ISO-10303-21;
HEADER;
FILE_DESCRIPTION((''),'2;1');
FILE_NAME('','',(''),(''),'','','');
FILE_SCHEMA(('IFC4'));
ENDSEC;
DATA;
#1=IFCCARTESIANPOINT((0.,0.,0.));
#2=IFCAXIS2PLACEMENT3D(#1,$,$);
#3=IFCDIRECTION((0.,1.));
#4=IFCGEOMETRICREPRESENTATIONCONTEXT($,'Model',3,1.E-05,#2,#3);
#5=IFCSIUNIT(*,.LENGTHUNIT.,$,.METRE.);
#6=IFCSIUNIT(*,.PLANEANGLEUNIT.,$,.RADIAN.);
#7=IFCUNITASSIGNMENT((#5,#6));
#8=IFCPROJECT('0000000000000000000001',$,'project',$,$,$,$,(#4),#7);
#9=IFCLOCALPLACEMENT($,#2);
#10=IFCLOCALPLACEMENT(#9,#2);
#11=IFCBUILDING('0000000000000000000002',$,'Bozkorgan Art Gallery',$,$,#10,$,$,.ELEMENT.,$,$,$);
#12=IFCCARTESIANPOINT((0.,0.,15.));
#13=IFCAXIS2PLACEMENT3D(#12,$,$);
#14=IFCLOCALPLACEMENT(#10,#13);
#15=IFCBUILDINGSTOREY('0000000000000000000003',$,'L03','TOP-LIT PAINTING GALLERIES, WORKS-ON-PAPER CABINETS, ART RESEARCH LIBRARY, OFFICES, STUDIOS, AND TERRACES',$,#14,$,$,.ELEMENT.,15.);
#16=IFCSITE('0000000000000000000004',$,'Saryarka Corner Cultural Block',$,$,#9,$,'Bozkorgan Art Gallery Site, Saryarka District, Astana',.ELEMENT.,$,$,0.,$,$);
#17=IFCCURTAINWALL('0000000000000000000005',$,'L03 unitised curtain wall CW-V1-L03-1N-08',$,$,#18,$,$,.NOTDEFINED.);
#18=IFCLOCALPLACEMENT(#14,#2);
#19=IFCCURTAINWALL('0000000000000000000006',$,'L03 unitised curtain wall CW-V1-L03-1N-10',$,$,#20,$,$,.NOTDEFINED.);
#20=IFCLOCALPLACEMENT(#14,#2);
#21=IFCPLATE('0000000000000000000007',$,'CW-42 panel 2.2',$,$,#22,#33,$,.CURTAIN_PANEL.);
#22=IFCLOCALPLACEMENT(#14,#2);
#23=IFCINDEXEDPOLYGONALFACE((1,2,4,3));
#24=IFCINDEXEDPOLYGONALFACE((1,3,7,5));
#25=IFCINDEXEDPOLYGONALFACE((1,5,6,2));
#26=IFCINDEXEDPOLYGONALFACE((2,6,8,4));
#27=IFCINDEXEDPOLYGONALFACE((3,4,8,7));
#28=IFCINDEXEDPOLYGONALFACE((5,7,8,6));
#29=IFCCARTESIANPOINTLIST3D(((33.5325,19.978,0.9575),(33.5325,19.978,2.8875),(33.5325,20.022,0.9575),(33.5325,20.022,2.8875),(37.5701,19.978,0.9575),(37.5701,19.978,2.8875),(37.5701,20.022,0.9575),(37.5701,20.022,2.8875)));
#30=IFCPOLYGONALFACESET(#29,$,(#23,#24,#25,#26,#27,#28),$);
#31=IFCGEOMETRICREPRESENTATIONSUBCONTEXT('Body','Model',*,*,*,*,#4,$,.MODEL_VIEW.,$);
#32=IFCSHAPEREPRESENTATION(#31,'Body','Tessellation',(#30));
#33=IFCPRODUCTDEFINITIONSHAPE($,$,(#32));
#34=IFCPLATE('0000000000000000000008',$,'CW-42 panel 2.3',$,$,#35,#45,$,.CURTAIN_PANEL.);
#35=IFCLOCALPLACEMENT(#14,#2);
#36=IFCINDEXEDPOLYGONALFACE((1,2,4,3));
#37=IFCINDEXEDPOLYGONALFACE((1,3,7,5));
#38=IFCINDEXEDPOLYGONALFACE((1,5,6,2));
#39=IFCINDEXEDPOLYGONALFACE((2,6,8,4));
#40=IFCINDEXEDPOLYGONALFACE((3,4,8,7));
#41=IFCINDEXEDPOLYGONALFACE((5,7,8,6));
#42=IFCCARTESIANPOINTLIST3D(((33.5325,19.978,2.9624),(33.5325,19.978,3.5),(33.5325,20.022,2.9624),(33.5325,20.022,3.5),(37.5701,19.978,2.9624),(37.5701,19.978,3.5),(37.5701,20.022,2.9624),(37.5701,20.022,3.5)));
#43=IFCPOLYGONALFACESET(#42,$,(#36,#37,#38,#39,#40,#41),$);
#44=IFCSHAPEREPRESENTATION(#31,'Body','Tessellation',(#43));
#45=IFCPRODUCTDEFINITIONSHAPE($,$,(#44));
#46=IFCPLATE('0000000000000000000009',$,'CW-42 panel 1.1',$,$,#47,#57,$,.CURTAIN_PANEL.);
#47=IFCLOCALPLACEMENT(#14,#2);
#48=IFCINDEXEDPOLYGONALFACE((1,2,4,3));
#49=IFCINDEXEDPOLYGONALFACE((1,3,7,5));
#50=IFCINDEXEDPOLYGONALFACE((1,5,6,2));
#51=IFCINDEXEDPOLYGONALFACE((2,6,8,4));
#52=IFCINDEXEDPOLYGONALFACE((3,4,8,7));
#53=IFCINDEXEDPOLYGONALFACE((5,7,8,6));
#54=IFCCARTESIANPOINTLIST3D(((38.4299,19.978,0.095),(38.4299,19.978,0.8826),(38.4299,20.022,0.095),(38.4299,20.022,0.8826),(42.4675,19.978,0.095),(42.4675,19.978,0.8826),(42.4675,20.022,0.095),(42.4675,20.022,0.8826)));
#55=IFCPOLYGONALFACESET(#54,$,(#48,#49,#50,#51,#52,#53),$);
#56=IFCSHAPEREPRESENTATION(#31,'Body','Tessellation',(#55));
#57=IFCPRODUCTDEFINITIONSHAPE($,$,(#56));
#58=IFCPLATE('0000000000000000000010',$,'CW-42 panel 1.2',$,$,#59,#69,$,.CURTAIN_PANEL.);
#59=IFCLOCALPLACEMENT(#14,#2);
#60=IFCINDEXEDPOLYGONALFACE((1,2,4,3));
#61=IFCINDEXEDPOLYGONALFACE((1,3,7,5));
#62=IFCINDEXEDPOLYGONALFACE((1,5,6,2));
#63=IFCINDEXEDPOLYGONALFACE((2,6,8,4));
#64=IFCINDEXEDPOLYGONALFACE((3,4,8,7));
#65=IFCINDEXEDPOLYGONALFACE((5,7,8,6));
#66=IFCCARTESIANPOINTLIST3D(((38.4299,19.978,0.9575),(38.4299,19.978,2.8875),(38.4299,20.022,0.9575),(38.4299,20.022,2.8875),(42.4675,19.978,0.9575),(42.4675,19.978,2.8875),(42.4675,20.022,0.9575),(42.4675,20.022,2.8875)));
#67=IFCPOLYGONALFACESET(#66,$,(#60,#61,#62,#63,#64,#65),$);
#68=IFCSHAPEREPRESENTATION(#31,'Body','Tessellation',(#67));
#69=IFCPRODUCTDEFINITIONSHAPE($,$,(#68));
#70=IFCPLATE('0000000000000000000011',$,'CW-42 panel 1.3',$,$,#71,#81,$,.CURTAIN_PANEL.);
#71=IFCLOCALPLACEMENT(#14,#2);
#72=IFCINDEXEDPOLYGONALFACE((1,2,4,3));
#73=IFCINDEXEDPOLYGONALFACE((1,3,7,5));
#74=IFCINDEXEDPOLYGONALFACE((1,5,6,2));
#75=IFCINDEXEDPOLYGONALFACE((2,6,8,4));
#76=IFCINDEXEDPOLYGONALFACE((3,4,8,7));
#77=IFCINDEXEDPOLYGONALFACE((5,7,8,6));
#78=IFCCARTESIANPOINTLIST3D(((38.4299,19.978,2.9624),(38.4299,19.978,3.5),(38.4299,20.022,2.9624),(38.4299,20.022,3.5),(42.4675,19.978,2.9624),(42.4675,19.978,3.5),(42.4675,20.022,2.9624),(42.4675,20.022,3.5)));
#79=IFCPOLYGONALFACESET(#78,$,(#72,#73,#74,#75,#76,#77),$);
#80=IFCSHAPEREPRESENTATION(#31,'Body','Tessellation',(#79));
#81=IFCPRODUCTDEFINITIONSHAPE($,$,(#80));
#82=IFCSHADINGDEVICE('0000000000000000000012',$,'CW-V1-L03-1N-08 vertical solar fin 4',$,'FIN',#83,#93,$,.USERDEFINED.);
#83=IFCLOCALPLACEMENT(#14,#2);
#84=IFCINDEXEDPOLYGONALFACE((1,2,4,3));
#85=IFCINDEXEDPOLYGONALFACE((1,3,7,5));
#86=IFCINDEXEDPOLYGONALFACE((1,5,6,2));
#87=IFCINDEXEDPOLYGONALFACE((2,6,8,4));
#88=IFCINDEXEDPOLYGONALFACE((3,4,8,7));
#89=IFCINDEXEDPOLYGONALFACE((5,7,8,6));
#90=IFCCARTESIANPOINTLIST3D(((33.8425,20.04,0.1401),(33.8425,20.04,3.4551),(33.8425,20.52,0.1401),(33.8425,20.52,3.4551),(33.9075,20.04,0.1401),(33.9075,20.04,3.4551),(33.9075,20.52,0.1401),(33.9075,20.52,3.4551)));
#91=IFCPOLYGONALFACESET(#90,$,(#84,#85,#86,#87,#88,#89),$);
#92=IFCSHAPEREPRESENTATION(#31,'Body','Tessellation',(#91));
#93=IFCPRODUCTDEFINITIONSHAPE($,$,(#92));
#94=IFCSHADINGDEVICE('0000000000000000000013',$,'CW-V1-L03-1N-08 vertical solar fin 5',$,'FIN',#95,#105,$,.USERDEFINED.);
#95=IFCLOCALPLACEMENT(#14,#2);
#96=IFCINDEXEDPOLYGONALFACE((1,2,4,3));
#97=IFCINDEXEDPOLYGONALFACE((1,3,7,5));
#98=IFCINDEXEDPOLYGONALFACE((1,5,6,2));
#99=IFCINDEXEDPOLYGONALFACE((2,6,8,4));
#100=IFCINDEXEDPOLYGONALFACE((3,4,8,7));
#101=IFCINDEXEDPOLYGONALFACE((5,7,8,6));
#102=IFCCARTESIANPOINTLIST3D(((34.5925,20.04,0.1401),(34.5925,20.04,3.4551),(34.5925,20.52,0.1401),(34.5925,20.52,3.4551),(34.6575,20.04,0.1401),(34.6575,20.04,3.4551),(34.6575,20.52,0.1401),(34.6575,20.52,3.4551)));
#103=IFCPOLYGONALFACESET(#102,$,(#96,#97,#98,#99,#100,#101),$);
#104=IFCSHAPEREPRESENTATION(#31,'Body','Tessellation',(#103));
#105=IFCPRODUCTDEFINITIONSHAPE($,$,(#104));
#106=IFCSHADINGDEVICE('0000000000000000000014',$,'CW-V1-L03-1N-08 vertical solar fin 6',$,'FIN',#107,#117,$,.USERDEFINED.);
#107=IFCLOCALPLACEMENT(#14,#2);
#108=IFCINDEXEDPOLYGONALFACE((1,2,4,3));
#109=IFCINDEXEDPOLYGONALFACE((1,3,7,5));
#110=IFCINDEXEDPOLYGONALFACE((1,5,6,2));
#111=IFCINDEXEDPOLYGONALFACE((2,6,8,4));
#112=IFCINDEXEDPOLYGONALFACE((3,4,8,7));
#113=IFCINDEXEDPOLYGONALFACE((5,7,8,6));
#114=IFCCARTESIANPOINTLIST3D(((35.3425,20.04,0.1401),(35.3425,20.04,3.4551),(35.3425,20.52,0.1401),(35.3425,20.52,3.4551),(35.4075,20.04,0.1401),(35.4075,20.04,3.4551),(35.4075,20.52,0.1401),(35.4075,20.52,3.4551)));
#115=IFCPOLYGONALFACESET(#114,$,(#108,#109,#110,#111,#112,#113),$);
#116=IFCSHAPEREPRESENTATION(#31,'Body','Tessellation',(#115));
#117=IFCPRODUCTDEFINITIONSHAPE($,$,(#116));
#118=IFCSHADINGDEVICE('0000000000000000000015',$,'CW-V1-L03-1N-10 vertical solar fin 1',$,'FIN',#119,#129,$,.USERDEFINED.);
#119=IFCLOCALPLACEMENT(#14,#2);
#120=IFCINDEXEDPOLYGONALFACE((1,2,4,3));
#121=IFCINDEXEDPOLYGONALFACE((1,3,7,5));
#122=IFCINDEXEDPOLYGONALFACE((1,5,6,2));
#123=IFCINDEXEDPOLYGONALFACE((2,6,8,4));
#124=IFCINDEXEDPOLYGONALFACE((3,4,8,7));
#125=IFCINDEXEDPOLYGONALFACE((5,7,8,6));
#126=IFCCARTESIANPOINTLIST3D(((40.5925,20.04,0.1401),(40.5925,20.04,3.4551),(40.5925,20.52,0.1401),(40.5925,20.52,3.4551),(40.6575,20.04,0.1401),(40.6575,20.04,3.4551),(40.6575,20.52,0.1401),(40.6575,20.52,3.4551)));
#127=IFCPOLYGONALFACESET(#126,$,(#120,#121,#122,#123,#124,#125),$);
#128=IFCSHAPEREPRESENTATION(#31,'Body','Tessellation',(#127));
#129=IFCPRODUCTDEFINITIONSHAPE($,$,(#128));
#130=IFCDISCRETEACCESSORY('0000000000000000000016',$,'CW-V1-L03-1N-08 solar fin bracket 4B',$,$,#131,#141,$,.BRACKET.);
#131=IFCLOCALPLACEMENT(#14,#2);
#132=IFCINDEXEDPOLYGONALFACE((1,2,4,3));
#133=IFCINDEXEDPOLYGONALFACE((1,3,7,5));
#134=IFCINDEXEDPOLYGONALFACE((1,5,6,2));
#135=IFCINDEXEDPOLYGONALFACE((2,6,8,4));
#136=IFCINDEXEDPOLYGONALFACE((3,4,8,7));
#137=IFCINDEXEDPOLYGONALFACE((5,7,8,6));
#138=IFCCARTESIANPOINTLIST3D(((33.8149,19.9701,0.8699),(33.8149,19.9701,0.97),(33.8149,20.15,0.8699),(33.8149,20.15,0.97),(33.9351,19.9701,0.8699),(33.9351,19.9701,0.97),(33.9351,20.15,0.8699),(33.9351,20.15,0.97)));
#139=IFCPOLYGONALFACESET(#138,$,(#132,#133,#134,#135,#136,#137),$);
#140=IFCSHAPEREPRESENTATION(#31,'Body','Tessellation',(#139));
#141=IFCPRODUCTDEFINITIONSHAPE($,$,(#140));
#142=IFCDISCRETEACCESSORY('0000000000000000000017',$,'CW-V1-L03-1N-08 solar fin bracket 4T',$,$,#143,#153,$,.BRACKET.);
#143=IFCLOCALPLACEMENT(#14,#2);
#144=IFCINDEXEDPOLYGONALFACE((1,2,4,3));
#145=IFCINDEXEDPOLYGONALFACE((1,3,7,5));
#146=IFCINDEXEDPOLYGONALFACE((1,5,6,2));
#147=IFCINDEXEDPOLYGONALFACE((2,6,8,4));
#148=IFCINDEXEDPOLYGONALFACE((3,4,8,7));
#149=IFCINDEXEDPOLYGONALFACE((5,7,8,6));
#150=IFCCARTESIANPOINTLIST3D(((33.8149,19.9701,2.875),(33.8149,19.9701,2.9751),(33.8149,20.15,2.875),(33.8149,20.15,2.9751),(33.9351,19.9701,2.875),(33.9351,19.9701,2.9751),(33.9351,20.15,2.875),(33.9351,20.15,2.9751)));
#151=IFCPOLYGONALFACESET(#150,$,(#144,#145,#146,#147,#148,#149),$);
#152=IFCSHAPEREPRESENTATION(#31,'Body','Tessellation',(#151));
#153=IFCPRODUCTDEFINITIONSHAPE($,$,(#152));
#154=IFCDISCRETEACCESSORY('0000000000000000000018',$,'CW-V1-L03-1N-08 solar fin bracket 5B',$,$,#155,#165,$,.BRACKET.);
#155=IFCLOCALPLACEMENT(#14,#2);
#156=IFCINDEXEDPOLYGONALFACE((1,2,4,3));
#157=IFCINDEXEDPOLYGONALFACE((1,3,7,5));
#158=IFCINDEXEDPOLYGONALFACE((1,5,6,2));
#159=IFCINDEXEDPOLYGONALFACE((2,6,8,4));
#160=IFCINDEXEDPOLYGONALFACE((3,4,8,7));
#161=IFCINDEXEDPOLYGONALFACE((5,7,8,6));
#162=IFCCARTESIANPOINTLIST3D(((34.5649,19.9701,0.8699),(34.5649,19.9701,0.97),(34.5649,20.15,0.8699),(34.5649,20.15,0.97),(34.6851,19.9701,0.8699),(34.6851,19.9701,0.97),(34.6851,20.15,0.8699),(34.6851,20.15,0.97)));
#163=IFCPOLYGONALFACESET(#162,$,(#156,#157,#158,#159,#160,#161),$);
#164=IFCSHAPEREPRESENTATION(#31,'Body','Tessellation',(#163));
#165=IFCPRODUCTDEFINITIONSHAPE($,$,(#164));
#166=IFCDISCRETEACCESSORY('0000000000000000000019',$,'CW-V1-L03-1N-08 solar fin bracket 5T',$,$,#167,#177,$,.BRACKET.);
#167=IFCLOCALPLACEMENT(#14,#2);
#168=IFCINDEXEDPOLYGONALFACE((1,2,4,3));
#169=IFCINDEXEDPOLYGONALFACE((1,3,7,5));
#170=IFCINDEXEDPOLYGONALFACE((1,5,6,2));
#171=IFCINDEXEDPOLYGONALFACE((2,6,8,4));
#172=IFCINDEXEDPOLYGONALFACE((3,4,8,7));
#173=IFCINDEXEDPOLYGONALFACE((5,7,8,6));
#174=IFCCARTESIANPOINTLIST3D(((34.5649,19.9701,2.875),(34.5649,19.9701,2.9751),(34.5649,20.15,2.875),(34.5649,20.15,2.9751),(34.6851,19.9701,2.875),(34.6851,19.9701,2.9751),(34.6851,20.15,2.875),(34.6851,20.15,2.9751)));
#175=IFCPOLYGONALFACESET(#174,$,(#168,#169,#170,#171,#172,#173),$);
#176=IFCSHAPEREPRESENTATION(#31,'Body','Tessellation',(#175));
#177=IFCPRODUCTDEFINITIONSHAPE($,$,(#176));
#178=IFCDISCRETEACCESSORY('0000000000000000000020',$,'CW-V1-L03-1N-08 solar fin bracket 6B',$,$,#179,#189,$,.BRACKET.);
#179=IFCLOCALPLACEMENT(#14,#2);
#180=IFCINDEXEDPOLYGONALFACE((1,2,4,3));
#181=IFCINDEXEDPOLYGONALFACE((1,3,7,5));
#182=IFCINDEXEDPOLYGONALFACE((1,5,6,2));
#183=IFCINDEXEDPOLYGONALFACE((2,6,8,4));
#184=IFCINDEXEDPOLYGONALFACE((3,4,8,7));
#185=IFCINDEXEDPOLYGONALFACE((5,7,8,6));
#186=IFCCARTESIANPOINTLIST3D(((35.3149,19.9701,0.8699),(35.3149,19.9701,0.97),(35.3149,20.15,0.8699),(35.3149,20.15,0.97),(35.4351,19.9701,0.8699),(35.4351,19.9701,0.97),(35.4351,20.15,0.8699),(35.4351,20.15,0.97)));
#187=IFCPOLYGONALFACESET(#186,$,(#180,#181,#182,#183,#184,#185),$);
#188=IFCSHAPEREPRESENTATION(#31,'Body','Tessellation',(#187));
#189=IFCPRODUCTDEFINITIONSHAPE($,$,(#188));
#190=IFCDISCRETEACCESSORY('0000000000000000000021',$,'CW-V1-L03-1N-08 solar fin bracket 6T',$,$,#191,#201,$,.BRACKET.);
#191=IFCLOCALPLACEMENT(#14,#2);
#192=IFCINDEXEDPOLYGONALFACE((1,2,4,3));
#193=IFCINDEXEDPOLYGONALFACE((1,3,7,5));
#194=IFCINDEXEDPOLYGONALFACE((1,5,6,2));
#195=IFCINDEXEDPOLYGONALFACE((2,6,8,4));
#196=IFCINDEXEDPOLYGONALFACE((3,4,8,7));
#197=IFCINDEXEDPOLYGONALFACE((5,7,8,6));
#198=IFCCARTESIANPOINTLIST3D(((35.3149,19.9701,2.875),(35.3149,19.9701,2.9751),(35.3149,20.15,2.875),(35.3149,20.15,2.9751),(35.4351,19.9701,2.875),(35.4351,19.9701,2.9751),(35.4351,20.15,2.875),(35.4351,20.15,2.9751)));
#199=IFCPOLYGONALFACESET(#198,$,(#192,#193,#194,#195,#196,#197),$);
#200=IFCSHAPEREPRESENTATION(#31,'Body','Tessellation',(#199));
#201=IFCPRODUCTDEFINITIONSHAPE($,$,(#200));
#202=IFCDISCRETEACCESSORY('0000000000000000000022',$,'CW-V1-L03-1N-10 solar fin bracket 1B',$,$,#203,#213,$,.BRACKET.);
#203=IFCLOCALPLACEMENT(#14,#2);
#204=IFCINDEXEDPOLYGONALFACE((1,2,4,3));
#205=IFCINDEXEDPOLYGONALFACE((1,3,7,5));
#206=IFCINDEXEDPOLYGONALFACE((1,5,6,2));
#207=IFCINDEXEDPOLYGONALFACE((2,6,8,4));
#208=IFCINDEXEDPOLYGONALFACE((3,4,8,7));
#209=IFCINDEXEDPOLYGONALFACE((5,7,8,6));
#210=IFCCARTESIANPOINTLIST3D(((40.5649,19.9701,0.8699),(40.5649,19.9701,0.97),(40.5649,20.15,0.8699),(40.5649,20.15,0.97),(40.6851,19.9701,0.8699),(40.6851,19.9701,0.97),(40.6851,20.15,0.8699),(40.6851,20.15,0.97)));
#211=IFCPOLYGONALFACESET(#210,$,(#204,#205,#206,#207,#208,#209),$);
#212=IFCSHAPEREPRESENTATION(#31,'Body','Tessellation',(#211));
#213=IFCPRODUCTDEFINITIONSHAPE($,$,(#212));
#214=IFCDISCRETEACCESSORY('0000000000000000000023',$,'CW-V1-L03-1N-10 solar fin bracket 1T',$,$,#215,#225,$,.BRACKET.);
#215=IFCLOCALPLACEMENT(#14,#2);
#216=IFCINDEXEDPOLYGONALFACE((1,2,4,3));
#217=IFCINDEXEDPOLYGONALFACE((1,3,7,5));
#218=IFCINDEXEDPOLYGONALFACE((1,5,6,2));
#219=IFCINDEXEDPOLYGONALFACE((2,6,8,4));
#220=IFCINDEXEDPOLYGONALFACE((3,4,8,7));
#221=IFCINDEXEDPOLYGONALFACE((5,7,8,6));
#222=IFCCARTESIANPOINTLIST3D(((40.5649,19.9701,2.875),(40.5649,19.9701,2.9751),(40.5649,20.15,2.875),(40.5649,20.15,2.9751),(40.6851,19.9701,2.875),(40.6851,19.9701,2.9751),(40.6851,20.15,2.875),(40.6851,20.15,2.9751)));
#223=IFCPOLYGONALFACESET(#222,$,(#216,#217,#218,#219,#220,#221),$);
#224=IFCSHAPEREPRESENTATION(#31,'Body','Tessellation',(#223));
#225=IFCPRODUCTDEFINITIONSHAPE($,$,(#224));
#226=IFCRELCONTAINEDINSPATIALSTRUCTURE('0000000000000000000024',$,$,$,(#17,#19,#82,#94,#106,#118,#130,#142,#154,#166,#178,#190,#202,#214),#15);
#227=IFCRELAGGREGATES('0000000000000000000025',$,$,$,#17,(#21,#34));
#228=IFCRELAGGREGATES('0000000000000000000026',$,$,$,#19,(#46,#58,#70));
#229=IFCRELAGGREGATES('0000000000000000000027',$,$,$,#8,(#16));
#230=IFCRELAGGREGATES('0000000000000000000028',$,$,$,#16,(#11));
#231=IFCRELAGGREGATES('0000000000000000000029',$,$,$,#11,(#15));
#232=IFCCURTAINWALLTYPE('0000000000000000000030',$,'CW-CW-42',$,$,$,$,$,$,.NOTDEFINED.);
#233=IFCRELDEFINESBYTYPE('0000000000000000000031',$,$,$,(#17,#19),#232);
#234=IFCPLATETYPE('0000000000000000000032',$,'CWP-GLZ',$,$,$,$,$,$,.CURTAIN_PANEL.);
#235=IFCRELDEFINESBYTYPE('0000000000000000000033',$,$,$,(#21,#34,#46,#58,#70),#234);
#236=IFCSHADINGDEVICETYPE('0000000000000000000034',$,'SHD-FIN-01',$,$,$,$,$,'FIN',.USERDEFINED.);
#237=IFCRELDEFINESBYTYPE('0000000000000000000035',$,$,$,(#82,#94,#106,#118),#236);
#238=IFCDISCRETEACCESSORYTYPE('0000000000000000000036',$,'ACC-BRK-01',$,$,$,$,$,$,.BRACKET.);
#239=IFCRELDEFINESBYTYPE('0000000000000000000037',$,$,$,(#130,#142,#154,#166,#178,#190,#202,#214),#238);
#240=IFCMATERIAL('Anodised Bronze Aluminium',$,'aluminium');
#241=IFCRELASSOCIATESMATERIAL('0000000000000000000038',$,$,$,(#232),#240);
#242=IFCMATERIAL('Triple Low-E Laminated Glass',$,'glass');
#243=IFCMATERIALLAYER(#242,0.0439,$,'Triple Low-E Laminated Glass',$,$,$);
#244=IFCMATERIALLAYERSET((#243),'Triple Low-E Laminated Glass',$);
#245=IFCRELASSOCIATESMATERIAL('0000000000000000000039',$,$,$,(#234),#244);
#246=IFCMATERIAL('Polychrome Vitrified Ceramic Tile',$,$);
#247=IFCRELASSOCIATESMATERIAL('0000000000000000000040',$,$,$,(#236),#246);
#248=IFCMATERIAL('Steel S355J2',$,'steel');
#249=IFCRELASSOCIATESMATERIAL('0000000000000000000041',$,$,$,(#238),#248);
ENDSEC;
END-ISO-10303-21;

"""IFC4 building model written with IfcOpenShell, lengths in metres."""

from ifc_helpers import new_model, si_unit, direction, frame, origin, origin_2d, place, context, subcontext, project, spatial, rectangle, extrude, material, layer, layer_set, type_object, element, aggregate, save


model = new_model("IFC4")

# Units and contexts
model_context = context("Model", 3, precision=1e-05, world=origin(), true_north=direction((0.0, 1.0)))
body_context = subcontext(model_context, "Body", "Model", "MODEL_VIEW")
ifc_project = project(units=[si_unit("LENGTHUNIT", "METRE"), si_unit("PLANEANGLEUNIT", "RADIAN")], contexts=[model_context])

# Site, building, storey
site_placement = place(None, origin())
site = spatial("IfcSite", under=ifc_project, at=site_placement, Name="Saryarka Corner Cultural Block", LongName="Bozkorgan Art Gallery Site, Saryarka District, Astana", CompositionType="ELEMENT", RefElevation=0.0)
building_placement = place(site_placement, origin())
building = spatial("IfcBuilding", under=site, at=building_placement, Name="Bozkorgan Art Gallery", CompositionType="ELEMENT")
storey_placement = place(building_placement, frame((0.0, 0.0, 15.0)))
storey = spatial("IfcBuildingStorey", under=building, at=storey_placement, Name="L03", Description="TOP-LIT PAINTING GALLERIES, WORKS-ON-PAPER CABINETS, ART RESEARCH LIBRARY, OFFICES, STUDIOS, AND TERRACES", CompositionType="ELEMENT", Elevation=15.0)

# Shared definitions
ifc_material_1 = material(Name="Steel S355J2", Category="steel")

# Curtain walls
ifc_material_2 = material(Name="Anodised Bronze Aluminium", Category="aluminium")
curtain_wall_type = type_object("IfcCurtainWallType", Name="CW-CW-42", PredefinedType="NOTDEFINED", material=ifc_material_2)
curtain_wall_1_placement = place(storey_placement, origin())
curtain_wall_1 = element("IfcCurtainWall", 1, at=curtain_wall_1_placement, inside=storey, type_object=curtain_wall_type, Name="L03 unitised curtain wall CW-V1-L03-1N-08", PredefinedType="NOTDEFINED")
curtain_wall_2_placement = place(storey_placement, origin())
curtain_wall_2 = element("IfcCurtainWall", 2, at=curtain_wall_2_placement, inside=storey, type_object=curtain_wall_type, Name="L03 unitised curtain wall CW-V1-L03-1N-10", PredefinedType="NOTDEFINED")

# Plates
ifc_material_3 = material(Name="Triple Low-E Laminated Glass", Category="glass")
ifc_layer = layer(ifc_material_3, 0.0439, Name="Triple Low-E Laminated Glass")
ifc_layer_set = layer_set([ifc_layer], Name="Triple Low-E Laminated Glass")
plate_type = type_object("IfcPlateType", Name="CWP-GLZ", PredefinedType="CURTAIN_PANEL", material=ifc_layer_set)
plate_1_placement = place(storey_placement, frame((35.5513, 20.0, 0.9575), z_axis=(0.0, 0.0, 1.0), x_axis=(1.0, 0.0, 0.0)))
plate_1 = element("IfcPlate", 3, at=plate_1_placement, type_object=plate_type, Name="CW-42 panel 2.2", PredefinedType="CURTAIN_PANEL", context=body_context, shape_type="SweptSolid", body=[
    extrude(rectangle(XDim=4.0376, YDim=0.0439, at=origin_2d()), origin(), (0.0, 0.0, 1.0), 1.9299),
])
plate_2_placement = place(storey_placement, frame((35.5513, 20.0, 2.9624), z_axis=(0.0, 0.0, 1.0), x_axis=(1.0, 0.0, 0.0)))
plate_2 = element("IfcPlate", 4, at=plate_2_placement, type_object=plate_type, Name="CW-42 panel 2.3", PredefinedType="CURTAIN_PANEL", context=body_context, shape_type="SweptSolid", body=[
    extrude(rectangle(XDim=4.0376, YDim=0.0439, at=origin_2d()), origin(), (0.0, 0.0, 1.0), 0.5376),
])
aggregate(curtain_wall_1, [plate_1, plate_2])
plate_3_placement = place(storey_placement, frame((40.4487, 20.0, 0.095), z_axis=(0.0, 0.0, 1.0), x_axis=(1.0, 0.0, 0.0)))
plate_3 = element("IfcPlate", 5, at=plate_3_placement, type_object=plate_type, Name="CW-42 panel 1.1", PredefinedType="CURTAIN_PANEL", context=body_context, shape_type="SweptSolid", body=[
    extrude(rectangle(XDim=4.0376, YDim=0.0439, at=origin_2d()), origin(), (0.0, 0.0, 1.0), 0.7876),
])
plate_4_placement = place(storey_placement, frame((40.4487, 20.0, 0.9575), z_axis=(0.0, 0.0, 1.0), x_axis=(1.0, 0.0, 0.0)))
plate_4 = element("IfcPlate", 6, at=plate_4_placement, type_object=plate_type, Name="CW-42 panel 1.2", PredefinedType="CURTAIN_PANEL", context=body_context, shape_type="SweptSolid", body=[
    extrude(rectangle(XDim=4.0376, YDim=0.0439, at=origin_2d()), origin(), (0.0, 0.0, 1.0), 1.9299),
])
plate_5_placement = place(storey_placement, frame((40.4487, 20.0, 2.9624), z_axis=(0.0, 0.0, 1.0), x_axis=(1.0, 0.0, 0.0)))
plate_5 = element("IfcPlate", 7, at=plate_5_placement, type_object=plate_type, Name="CW-42 panel 1.3", PredefinedType="CURTAIN_PANEL", context=body_context, shape_type="SweptSolid", body=[
    extrude(rectangle(XDim=4.0376, YDim=0.0439, at=origin_2d()), origin(), (0.0, 0.0, 1.0), 0.5376),
])
aggregate(curtain_wall_2, [plate_3, plate_4, plate_5])

# Shading devices
ifc_material_4 = material(Name="Polychrome Vitrified Ceramic Tile")
shading_device_type = type_object("IfcShadingDeviceType", Name="SHD-FIN-01", ElementType="FIN", PredefinedType="USERDEFINED", material=ifc_material_4)
for number, where, z_axis, x_axis, name in (
    (8, (33.875, 20.28, 0.1401), (0.0, 0.0, 1.0), (0.0, 1.0, 0.0), "CW-V1-L03-1N-08 vertical solar fin 4"),
    (9, (34.625, 20.28, 0.1401), (0.0, 0.0, 1.0), (0.0, 1.0, 0.0), "CW-V1-L03-1N-08 vertical solar fin 5"),
    (10, (35.375, 20.28, 0.1401), (0.0, 0.0, 1.0), (0.0, 1.0, 0.0), "CW-V1-L03-1N-08 vertical solar fin 6"),
    (11, (40.625, 20.28, 0.1401), (0.0, 0.0, 1.0), (0.0, 1.0, 0.0), "CW-V1-L03-1N-10 vertical solar fin 1"),
):
    element("IfcShadingDevice", number, at=place(storey_placement, frame(where, z_axis=z_axis, x_axis=x_axis)), inside=storey, type_object=shading_device_type, Name=name, ObjectType="FIN", PredefinedType="USERDEFINED", context=body_context, shape_type="SweptSolid", body=[
        extrude(rectangle(XDim=0.48, YDim=0.0649, at=origin_2d()), origin(), (0.0, 0.0, 1.0), 3.3149),
    ])

# Discrete accessories
discrete_accessory_type = type_object("IfcDiscreteAccessoryType", Name="ACC-BRK-01", PredefinedType="BRACKET", material=ifc_material_1)
for number, where, z_axis, x_axis, name in (
    (12, (33.875, 20.0601, 0.8699), (0.0, 0.0, 1.0), (0.0, 1.0, 0.0), "CW-V1-L03-1N-08 solar fin bracket 4B"),
    (13, (33.875, 20.0601, 2.875), (0.0, 0.0, 1.0), (0.0, 1.0, 0.0), "CW-V1-L03-1N-08 solar fin bracket 4T"),
    (14, (34.625, 20.0601, 0.8699), (0.0, 0.0, 1.0), (0.0, 1.0, 0.0), "CW-V1-L03-1N-08 solar fin bracket 5B"),
    (15, (34.625, 20.0601, 2.875), (0.0, 0.0, 1.0), (0.0, 1.0, 0.0), "CW-V1-L03-1N-08 solar fin bracket 5T"),
    (16, (35.375, 20.0601, 0.8699), (0.0, 0.0, 1.0), (0.0, 1.0, 0.0), "CW-V1-L03-1N-08 solar fin bracket 6B"),
    (17, (35.375, 20.0601, 2.875), (0.0, 0.0, 1.0), (0.0, 1.0, 0.0), "CW-V1-L03-1N-08 solar fin bracket 6T"),
    (18, (40.625, 20.0601, 0.8699), (0.0, 0.0, 1.0), (0.0, 1.0, 0.0), "CW-V1-L03-1N-10 solar fin bracket 1B"),
    (19, (40.625, 20.0601, 2.875), (0.0, 0.0, 1.0), (0.0, 1.0, 0.0), "CW-V1-L03-1N-10 solar fin bracket 1T"),
):
    element("IfcDiscreteAccessory", number, at=place(storey_placement, frame(where, z_axis=z_axis, x_axis=x_axis)), inside=storey, type_object=discrete_accessory_type, Name=name, PredefinedType="BRACKET", context=body_context, shape_type="SweptSolid", body=[
        extrude(rectangle(XDim=0.1799, YDim=0.1201, at=origin_2d()), origin(), (0.0, 0.0, 1.0), 0.1001),
    ])

save(model, "model.ifc")
